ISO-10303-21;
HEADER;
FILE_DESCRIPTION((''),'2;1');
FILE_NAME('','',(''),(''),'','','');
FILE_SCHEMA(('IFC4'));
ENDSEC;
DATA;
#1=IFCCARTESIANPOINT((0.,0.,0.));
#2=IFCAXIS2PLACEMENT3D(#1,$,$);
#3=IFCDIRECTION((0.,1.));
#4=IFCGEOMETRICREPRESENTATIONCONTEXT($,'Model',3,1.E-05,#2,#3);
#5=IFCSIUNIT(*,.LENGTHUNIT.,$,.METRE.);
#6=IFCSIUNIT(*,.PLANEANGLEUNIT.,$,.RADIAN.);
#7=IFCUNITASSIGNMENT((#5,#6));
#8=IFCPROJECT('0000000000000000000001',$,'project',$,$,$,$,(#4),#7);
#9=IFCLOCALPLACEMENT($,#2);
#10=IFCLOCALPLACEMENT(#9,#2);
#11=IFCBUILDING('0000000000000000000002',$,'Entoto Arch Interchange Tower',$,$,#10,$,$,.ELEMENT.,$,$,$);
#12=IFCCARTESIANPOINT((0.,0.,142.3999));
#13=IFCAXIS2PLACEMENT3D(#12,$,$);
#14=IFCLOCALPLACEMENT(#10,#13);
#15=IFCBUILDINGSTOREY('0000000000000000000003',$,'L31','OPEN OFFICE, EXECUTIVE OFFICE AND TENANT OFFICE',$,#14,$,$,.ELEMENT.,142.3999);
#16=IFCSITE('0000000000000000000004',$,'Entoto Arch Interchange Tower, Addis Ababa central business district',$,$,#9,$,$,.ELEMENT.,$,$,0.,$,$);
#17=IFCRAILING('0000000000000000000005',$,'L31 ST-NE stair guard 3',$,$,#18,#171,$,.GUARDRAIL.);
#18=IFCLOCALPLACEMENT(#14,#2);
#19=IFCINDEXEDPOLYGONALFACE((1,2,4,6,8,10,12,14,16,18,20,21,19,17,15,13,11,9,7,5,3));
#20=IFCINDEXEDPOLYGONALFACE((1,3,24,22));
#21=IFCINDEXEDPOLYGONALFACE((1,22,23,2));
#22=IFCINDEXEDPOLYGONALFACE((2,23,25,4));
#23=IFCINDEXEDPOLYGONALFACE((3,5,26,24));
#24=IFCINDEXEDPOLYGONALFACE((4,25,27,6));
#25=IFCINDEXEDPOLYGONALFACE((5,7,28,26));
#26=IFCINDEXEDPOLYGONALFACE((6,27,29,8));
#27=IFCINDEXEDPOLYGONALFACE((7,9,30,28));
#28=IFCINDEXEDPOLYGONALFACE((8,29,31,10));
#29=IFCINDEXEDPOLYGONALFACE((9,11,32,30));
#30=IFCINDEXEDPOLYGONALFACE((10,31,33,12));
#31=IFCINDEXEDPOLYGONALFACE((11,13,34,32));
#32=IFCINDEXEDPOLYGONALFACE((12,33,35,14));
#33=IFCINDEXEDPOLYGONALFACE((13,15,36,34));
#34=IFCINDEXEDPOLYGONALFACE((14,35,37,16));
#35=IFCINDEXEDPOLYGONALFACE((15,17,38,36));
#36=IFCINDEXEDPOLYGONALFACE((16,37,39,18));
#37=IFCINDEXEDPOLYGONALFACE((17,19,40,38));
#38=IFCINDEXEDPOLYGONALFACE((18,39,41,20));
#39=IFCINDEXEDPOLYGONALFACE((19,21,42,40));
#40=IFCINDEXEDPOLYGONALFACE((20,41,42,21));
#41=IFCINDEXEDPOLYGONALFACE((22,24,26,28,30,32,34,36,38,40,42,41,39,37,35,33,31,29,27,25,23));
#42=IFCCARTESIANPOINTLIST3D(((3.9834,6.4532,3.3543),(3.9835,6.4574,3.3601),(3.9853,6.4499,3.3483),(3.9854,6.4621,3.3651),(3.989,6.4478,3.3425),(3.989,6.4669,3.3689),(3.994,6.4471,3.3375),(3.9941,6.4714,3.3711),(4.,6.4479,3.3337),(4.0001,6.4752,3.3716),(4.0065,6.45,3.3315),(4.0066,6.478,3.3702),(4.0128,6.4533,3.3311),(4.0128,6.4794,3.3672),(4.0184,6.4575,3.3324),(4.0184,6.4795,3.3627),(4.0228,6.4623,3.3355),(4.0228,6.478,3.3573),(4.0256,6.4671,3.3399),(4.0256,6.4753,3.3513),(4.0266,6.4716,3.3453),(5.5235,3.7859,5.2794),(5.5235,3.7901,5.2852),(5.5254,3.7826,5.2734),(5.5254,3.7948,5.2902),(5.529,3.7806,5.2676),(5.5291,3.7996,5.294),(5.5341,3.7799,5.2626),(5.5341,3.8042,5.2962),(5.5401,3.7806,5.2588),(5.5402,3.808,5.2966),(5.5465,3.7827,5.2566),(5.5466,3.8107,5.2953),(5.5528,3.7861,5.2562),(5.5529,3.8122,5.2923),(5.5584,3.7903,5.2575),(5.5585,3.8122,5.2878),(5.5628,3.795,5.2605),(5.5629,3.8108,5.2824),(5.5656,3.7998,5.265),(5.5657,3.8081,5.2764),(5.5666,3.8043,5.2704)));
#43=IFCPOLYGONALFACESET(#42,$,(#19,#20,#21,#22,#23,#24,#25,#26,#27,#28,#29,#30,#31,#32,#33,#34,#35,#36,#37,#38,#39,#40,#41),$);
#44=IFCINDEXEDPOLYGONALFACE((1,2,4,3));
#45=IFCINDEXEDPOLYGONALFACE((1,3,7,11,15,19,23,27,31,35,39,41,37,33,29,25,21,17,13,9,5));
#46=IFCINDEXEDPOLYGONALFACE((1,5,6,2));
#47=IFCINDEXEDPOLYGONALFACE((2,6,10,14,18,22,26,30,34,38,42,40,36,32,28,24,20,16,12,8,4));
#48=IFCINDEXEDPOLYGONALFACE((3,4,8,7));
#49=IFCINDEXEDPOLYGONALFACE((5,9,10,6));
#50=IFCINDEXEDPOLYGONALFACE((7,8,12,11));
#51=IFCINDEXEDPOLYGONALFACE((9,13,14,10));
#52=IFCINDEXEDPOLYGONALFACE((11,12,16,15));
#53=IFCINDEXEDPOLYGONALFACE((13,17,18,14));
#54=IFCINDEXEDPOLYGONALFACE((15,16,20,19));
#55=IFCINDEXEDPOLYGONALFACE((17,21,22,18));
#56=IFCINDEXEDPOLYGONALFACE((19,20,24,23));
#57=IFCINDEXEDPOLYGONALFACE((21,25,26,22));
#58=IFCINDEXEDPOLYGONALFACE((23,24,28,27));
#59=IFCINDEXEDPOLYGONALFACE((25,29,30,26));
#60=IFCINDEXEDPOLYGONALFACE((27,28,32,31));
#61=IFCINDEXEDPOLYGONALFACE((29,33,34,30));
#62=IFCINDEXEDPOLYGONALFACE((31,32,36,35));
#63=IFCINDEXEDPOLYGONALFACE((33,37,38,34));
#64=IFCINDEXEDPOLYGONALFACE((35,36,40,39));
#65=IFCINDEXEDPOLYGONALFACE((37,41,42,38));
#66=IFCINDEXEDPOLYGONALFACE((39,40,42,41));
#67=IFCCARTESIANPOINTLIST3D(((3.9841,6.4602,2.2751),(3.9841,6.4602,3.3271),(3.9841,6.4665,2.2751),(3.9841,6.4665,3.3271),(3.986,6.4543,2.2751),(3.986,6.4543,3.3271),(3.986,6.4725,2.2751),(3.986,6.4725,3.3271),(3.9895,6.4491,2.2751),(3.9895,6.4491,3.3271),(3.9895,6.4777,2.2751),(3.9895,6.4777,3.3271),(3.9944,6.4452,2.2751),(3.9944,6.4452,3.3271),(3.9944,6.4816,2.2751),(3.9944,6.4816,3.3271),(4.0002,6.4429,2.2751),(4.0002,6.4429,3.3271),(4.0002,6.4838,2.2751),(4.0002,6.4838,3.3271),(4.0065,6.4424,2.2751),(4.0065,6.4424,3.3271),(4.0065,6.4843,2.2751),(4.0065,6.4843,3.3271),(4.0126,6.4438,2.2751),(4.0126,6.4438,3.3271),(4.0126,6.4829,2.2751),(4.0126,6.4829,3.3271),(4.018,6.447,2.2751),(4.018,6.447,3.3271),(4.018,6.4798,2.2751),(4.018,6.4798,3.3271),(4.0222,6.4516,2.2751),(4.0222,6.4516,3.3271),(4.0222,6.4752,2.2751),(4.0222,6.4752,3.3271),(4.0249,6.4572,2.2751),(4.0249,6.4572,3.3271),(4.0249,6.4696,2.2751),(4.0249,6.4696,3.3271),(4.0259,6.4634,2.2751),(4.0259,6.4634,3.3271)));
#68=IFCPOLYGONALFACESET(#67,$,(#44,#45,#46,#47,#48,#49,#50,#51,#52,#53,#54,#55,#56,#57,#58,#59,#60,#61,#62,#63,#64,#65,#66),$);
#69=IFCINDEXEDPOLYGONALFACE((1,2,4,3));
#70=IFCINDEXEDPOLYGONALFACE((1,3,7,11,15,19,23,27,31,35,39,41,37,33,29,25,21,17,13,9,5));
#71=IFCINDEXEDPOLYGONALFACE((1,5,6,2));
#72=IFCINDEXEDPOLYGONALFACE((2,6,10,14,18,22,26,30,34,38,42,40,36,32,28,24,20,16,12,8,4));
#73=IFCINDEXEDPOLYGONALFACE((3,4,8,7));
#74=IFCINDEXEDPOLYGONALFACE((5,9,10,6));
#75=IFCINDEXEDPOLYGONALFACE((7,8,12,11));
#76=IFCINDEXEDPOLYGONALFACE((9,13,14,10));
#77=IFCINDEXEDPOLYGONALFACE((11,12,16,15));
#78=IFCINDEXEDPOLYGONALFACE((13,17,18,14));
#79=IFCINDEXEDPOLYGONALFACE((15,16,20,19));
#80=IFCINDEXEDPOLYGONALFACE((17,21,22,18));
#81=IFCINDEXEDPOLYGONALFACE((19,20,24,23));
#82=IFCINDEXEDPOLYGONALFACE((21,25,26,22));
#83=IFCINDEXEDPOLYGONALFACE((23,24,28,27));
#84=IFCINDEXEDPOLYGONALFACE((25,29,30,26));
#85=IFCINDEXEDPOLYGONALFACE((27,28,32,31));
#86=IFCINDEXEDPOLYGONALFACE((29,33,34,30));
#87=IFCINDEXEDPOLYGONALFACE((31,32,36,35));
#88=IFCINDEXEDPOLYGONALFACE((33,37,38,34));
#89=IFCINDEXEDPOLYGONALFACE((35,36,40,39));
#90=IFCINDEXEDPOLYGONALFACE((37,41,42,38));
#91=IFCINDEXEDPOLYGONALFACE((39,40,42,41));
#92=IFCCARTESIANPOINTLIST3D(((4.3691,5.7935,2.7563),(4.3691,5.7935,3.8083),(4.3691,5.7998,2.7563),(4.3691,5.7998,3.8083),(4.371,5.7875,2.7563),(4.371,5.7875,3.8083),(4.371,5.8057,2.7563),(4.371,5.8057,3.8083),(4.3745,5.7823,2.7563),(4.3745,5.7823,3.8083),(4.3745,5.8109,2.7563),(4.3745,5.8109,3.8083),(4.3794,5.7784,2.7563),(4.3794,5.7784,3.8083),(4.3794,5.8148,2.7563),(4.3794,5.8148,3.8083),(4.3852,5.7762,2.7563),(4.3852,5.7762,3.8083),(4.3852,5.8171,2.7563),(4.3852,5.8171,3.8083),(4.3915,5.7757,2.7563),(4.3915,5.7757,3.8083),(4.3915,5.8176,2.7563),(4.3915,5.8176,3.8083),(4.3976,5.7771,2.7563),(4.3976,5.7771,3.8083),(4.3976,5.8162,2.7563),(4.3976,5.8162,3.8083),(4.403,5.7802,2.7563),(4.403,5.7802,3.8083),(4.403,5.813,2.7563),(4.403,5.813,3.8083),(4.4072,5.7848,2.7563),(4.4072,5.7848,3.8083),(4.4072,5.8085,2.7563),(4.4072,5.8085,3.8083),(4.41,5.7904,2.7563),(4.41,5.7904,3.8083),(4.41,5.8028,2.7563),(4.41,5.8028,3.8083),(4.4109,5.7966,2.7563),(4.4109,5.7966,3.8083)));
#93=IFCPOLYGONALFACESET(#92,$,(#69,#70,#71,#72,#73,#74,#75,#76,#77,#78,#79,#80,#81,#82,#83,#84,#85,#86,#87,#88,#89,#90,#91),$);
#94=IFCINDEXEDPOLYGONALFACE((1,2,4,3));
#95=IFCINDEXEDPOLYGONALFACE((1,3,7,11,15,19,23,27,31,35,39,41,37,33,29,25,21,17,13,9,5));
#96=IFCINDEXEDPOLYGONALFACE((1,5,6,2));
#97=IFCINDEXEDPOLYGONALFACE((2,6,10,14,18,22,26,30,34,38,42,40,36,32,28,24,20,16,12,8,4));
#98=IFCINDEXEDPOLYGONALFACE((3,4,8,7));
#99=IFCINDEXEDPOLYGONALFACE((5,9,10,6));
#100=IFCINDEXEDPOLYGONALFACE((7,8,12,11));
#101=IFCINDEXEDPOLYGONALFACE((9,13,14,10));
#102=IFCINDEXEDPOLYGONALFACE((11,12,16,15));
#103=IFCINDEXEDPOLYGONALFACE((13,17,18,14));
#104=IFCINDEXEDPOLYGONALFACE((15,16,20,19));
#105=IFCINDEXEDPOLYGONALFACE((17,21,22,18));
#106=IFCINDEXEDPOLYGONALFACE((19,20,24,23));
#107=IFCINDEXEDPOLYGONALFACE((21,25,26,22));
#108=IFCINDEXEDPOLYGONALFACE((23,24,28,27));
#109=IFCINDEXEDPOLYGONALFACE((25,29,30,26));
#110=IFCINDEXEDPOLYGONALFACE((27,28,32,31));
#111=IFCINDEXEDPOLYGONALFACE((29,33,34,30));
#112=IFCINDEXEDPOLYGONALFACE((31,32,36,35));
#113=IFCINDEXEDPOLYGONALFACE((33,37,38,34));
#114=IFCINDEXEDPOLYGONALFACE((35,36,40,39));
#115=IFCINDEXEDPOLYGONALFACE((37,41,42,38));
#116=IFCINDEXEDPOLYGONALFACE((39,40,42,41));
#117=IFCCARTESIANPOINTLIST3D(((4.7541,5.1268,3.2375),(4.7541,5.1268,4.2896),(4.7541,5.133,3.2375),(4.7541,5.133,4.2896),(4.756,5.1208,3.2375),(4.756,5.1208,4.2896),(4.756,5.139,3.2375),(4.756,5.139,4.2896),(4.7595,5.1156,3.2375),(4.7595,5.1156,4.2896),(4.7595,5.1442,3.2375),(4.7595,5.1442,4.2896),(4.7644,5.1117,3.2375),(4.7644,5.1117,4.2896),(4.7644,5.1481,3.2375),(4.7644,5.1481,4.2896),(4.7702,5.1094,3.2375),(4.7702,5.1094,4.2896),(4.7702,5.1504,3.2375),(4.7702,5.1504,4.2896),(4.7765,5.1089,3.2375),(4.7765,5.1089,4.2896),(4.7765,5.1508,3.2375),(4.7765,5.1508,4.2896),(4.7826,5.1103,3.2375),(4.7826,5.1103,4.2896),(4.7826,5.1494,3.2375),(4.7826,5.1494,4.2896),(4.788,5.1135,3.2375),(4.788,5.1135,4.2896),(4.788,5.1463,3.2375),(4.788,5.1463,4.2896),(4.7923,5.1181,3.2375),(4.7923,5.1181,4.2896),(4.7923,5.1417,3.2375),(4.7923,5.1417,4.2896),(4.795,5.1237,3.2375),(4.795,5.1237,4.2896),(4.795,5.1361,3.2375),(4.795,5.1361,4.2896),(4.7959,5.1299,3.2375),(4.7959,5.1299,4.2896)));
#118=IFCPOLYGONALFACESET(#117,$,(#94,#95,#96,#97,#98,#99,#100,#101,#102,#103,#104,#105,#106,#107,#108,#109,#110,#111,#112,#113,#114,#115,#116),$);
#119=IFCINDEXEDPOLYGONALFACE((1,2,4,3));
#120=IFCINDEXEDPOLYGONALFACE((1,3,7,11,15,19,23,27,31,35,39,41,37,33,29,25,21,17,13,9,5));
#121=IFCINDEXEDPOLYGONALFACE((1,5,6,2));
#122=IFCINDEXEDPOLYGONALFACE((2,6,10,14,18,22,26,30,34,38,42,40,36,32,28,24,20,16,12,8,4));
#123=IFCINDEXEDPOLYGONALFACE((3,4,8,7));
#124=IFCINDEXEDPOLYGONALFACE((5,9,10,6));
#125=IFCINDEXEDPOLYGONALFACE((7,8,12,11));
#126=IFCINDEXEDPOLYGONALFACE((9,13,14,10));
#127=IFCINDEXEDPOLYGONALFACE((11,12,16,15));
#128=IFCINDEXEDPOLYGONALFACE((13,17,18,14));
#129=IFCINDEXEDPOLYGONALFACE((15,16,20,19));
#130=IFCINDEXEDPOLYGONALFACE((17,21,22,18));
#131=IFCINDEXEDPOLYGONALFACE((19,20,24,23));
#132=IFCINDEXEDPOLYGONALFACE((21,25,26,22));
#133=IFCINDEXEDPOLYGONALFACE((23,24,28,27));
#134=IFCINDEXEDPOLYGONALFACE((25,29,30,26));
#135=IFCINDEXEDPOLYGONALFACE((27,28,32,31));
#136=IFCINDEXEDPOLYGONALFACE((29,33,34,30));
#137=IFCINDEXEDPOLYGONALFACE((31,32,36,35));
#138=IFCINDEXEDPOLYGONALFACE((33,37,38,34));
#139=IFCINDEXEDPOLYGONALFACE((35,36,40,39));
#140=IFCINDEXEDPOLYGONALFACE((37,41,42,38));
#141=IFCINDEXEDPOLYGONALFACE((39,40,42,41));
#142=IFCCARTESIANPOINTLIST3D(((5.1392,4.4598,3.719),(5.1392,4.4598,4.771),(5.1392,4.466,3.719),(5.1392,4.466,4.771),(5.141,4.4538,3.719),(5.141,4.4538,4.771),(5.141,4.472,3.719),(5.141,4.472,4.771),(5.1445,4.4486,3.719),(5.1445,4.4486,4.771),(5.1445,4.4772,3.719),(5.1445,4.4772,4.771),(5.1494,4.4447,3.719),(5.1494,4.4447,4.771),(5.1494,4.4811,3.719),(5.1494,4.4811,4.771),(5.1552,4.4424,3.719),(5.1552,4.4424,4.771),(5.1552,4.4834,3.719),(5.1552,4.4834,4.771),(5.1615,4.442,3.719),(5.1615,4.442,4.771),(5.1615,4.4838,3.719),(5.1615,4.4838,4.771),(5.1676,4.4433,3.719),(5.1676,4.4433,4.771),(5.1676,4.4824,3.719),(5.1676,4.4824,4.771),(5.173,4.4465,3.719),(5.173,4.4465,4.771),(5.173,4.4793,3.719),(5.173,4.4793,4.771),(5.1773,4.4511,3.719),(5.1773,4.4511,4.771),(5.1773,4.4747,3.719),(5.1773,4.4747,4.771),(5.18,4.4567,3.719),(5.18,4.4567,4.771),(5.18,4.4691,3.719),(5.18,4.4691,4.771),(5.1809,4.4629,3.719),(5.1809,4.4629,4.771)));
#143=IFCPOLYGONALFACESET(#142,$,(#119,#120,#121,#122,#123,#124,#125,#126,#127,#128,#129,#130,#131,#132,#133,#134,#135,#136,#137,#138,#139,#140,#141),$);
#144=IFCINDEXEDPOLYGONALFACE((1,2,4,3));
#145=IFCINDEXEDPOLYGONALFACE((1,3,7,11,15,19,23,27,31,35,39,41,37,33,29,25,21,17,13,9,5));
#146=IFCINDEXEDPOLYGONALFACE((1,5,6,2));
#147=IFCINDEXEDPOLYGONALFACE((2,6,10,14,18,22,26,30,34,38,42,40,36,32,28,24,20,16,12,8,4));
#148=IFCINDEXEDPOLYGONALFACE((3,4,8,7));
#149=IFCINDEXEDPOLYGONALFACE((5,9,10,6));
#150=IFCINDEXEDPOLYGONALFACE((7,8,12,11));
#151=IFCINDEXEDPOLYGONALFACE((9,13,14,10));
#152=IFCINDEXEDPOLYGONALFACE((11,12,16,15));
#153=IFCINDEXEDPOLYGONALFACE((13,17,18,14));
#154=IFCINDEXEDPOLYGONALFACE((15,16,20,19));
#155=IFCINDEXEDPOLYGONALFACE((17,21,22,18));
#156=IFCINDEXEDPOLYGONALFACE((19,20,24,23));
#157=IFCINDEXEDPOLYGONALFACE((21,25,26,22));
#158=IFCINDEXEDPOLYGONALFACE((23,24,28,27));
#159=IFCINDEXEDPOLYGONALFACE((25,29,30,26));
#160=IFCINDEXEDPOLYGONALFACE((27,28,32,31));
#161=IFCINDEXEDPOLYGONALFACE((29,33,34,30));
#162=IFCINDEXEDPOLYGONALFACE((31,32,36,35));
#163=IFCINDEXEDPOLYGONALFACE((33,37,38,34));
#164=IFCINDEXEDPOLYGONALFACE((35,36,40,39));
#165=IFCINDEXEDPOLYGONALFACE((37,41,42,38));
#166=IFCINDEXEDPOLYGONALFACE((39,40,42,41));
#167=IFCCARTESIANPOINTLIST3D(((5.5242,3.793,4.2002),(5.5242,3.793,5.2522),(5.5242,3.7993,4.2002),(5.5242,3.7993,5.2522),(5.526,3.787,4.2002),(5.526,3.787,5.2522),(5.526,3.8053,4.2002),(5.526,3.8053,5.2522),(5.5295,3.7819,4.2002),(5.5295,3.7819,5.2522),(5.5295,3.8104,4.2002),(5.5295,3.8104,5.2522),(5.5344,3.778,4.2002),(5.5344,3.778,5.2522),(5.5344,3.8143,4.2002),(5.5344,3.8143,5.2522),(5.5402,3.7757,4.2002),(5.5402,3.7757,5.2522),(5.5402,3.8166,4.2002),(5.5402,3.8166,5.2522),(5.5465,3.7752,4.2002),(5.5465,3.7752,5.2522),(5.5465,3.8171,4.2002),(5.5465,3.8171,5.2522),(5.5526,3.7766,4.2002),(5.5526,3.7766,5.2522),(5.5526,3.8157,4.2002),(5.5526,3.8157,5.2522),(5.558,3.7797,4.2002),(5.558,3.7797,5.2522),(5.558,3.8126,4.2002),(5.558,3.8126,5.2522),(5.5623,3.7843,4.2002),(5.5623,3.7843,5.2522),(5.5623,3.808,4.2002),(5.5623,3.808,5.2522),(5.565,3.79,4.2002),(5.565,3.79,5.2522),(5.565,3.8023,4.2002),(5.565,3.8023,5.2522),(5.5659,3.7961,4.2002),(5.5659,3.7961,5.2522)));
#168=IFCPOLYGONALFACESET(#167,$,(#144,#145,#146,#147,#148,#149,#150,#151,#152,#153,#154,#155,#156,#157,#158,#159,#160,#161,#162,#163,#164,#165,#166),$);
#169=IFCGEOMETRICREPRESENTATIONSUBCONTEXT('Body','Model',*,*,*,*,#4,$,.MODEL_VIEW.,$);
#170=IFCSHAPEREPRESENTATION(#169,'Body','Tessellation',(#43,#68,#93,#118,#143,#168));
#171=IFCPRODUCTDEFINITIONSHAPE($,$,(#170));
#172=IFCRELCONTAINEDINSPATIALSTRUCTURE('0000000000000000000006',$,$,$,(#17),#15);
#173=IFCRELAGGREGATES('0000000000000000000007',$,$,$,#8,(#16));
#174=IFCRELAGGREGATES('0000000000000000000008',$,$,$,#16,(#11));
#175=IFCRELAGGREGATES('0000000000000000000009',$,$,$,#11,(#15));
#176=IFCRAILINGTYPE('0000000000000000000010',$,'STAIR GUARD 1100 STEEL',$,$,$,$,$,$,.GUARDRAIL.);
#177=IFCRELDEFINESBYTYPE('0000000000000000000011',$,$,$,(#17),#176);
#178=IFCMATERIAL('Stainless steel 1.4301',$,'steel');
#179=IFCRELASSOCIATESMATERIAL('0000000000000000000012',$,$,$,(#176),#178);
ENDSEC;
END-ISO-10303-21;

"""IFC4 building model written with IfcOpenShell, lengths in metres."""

from ifc_helpers import new_model, si_unit, direction, frame, origin, origin_2d, place, context, subcontext, project, spatial, circle, extrude, material, type_object, element, save


model = new_model("IFC4")

# Units and contexts
model_context = context("Model", 3, precision=1e-05, world=origin(), true_north=direction((0.0, 1.0)))
body_context = subcontext(model_context, "Body", "Model", "MODEL_VIEW")
ifc_project = project(units=[si_unit("LENGTHUNIT", "METRE"), si_unit("PLANEANGLEUNIT", "RADIAN")], contexts=[model_context])

# Site, building, storey
site_placement = place(None, origin())
site = spatial("IfcSite", under=ifc_project, at=site_placement, Name="Entoto Arch Interchange Tower, Addis Ababa central business district", CompositionType="ELEMENT", RefElevation=0.0)
building_placement = place(site_placement, origin())
building = spatial("IfcBuilding", under=site, at=building_placement, Name="Entoto Arch Interchange Tower", CompositionType="ELEMENT")
storey_placement = place(building_placement, frame((0.0, 0.0, 142.3999)))
storey = spatial("IfcBuildingStorey", under=building, at=storey_placement, Name="L31", Description="OPEN OFFICE, EXECUTIVE OFFICE AND TENANT OFFICE", CompositionType="ELEMENT", Elevation=142.3999)

# Railing
ifc_material_1 = material(Name="Stainless steel 1.4301", Category="steel")
railing_type = type_object("IfcRailingType", Name="STAIR GUARD 1100 STEEL", PredefinedType="GUARDRAIL", material=ifc_material_1)
railing_1_placement = place(storey_placement, frame((4.0049, 6.4634, 2.2751)))
element("IfcRailing", 1, at=railing_1_placement, inside=storey, type_object=railing_type, Name="L31 ST-NE stair guard 3", PredefinedType="GUARDRAIL", context=body_context, shape_type="SweptSolid", body=[
    extrude(circle(Radius=0.0239, at=origin_2d()), frame((0.0, 0.0, 1.0762), z_axis=(0.424015, -0.734364, 0.530019), x_axis=(0.86601, 0.500027, 0.0)), (0.0, 0.0, 1.0), 3.6321),
    extrude(circle(Radius=0.021, at=origin_2d()), origin(), (0.0, 0.0, 1.0), 1.052),
    extrude(circle(Radius=0.021, at=origin_2d()), frame((0.385, -0.6667, 0.4812)), (0.0, 0.0, 1.0), 1.052),
    extrude(circle(Radius=0.021, at=origin_2d()), frame((0.77, -1.3335, 0.9624)), (0.0, 0.0, 1.0), 1.052),
    extrude(circle(Radius=0.021, at=origin_2d()), frame((1.155, -2.0005, 1.4438)), (0.0, 0.0, 1.0), 1.052),
    extrude(circle(Radius=0.021, at=origin_2d()), frame((1.54, -2.6672, 1.925)), (0.0, 0.0, 1.0), 1.052),
])

save(model, "model.ifc")
